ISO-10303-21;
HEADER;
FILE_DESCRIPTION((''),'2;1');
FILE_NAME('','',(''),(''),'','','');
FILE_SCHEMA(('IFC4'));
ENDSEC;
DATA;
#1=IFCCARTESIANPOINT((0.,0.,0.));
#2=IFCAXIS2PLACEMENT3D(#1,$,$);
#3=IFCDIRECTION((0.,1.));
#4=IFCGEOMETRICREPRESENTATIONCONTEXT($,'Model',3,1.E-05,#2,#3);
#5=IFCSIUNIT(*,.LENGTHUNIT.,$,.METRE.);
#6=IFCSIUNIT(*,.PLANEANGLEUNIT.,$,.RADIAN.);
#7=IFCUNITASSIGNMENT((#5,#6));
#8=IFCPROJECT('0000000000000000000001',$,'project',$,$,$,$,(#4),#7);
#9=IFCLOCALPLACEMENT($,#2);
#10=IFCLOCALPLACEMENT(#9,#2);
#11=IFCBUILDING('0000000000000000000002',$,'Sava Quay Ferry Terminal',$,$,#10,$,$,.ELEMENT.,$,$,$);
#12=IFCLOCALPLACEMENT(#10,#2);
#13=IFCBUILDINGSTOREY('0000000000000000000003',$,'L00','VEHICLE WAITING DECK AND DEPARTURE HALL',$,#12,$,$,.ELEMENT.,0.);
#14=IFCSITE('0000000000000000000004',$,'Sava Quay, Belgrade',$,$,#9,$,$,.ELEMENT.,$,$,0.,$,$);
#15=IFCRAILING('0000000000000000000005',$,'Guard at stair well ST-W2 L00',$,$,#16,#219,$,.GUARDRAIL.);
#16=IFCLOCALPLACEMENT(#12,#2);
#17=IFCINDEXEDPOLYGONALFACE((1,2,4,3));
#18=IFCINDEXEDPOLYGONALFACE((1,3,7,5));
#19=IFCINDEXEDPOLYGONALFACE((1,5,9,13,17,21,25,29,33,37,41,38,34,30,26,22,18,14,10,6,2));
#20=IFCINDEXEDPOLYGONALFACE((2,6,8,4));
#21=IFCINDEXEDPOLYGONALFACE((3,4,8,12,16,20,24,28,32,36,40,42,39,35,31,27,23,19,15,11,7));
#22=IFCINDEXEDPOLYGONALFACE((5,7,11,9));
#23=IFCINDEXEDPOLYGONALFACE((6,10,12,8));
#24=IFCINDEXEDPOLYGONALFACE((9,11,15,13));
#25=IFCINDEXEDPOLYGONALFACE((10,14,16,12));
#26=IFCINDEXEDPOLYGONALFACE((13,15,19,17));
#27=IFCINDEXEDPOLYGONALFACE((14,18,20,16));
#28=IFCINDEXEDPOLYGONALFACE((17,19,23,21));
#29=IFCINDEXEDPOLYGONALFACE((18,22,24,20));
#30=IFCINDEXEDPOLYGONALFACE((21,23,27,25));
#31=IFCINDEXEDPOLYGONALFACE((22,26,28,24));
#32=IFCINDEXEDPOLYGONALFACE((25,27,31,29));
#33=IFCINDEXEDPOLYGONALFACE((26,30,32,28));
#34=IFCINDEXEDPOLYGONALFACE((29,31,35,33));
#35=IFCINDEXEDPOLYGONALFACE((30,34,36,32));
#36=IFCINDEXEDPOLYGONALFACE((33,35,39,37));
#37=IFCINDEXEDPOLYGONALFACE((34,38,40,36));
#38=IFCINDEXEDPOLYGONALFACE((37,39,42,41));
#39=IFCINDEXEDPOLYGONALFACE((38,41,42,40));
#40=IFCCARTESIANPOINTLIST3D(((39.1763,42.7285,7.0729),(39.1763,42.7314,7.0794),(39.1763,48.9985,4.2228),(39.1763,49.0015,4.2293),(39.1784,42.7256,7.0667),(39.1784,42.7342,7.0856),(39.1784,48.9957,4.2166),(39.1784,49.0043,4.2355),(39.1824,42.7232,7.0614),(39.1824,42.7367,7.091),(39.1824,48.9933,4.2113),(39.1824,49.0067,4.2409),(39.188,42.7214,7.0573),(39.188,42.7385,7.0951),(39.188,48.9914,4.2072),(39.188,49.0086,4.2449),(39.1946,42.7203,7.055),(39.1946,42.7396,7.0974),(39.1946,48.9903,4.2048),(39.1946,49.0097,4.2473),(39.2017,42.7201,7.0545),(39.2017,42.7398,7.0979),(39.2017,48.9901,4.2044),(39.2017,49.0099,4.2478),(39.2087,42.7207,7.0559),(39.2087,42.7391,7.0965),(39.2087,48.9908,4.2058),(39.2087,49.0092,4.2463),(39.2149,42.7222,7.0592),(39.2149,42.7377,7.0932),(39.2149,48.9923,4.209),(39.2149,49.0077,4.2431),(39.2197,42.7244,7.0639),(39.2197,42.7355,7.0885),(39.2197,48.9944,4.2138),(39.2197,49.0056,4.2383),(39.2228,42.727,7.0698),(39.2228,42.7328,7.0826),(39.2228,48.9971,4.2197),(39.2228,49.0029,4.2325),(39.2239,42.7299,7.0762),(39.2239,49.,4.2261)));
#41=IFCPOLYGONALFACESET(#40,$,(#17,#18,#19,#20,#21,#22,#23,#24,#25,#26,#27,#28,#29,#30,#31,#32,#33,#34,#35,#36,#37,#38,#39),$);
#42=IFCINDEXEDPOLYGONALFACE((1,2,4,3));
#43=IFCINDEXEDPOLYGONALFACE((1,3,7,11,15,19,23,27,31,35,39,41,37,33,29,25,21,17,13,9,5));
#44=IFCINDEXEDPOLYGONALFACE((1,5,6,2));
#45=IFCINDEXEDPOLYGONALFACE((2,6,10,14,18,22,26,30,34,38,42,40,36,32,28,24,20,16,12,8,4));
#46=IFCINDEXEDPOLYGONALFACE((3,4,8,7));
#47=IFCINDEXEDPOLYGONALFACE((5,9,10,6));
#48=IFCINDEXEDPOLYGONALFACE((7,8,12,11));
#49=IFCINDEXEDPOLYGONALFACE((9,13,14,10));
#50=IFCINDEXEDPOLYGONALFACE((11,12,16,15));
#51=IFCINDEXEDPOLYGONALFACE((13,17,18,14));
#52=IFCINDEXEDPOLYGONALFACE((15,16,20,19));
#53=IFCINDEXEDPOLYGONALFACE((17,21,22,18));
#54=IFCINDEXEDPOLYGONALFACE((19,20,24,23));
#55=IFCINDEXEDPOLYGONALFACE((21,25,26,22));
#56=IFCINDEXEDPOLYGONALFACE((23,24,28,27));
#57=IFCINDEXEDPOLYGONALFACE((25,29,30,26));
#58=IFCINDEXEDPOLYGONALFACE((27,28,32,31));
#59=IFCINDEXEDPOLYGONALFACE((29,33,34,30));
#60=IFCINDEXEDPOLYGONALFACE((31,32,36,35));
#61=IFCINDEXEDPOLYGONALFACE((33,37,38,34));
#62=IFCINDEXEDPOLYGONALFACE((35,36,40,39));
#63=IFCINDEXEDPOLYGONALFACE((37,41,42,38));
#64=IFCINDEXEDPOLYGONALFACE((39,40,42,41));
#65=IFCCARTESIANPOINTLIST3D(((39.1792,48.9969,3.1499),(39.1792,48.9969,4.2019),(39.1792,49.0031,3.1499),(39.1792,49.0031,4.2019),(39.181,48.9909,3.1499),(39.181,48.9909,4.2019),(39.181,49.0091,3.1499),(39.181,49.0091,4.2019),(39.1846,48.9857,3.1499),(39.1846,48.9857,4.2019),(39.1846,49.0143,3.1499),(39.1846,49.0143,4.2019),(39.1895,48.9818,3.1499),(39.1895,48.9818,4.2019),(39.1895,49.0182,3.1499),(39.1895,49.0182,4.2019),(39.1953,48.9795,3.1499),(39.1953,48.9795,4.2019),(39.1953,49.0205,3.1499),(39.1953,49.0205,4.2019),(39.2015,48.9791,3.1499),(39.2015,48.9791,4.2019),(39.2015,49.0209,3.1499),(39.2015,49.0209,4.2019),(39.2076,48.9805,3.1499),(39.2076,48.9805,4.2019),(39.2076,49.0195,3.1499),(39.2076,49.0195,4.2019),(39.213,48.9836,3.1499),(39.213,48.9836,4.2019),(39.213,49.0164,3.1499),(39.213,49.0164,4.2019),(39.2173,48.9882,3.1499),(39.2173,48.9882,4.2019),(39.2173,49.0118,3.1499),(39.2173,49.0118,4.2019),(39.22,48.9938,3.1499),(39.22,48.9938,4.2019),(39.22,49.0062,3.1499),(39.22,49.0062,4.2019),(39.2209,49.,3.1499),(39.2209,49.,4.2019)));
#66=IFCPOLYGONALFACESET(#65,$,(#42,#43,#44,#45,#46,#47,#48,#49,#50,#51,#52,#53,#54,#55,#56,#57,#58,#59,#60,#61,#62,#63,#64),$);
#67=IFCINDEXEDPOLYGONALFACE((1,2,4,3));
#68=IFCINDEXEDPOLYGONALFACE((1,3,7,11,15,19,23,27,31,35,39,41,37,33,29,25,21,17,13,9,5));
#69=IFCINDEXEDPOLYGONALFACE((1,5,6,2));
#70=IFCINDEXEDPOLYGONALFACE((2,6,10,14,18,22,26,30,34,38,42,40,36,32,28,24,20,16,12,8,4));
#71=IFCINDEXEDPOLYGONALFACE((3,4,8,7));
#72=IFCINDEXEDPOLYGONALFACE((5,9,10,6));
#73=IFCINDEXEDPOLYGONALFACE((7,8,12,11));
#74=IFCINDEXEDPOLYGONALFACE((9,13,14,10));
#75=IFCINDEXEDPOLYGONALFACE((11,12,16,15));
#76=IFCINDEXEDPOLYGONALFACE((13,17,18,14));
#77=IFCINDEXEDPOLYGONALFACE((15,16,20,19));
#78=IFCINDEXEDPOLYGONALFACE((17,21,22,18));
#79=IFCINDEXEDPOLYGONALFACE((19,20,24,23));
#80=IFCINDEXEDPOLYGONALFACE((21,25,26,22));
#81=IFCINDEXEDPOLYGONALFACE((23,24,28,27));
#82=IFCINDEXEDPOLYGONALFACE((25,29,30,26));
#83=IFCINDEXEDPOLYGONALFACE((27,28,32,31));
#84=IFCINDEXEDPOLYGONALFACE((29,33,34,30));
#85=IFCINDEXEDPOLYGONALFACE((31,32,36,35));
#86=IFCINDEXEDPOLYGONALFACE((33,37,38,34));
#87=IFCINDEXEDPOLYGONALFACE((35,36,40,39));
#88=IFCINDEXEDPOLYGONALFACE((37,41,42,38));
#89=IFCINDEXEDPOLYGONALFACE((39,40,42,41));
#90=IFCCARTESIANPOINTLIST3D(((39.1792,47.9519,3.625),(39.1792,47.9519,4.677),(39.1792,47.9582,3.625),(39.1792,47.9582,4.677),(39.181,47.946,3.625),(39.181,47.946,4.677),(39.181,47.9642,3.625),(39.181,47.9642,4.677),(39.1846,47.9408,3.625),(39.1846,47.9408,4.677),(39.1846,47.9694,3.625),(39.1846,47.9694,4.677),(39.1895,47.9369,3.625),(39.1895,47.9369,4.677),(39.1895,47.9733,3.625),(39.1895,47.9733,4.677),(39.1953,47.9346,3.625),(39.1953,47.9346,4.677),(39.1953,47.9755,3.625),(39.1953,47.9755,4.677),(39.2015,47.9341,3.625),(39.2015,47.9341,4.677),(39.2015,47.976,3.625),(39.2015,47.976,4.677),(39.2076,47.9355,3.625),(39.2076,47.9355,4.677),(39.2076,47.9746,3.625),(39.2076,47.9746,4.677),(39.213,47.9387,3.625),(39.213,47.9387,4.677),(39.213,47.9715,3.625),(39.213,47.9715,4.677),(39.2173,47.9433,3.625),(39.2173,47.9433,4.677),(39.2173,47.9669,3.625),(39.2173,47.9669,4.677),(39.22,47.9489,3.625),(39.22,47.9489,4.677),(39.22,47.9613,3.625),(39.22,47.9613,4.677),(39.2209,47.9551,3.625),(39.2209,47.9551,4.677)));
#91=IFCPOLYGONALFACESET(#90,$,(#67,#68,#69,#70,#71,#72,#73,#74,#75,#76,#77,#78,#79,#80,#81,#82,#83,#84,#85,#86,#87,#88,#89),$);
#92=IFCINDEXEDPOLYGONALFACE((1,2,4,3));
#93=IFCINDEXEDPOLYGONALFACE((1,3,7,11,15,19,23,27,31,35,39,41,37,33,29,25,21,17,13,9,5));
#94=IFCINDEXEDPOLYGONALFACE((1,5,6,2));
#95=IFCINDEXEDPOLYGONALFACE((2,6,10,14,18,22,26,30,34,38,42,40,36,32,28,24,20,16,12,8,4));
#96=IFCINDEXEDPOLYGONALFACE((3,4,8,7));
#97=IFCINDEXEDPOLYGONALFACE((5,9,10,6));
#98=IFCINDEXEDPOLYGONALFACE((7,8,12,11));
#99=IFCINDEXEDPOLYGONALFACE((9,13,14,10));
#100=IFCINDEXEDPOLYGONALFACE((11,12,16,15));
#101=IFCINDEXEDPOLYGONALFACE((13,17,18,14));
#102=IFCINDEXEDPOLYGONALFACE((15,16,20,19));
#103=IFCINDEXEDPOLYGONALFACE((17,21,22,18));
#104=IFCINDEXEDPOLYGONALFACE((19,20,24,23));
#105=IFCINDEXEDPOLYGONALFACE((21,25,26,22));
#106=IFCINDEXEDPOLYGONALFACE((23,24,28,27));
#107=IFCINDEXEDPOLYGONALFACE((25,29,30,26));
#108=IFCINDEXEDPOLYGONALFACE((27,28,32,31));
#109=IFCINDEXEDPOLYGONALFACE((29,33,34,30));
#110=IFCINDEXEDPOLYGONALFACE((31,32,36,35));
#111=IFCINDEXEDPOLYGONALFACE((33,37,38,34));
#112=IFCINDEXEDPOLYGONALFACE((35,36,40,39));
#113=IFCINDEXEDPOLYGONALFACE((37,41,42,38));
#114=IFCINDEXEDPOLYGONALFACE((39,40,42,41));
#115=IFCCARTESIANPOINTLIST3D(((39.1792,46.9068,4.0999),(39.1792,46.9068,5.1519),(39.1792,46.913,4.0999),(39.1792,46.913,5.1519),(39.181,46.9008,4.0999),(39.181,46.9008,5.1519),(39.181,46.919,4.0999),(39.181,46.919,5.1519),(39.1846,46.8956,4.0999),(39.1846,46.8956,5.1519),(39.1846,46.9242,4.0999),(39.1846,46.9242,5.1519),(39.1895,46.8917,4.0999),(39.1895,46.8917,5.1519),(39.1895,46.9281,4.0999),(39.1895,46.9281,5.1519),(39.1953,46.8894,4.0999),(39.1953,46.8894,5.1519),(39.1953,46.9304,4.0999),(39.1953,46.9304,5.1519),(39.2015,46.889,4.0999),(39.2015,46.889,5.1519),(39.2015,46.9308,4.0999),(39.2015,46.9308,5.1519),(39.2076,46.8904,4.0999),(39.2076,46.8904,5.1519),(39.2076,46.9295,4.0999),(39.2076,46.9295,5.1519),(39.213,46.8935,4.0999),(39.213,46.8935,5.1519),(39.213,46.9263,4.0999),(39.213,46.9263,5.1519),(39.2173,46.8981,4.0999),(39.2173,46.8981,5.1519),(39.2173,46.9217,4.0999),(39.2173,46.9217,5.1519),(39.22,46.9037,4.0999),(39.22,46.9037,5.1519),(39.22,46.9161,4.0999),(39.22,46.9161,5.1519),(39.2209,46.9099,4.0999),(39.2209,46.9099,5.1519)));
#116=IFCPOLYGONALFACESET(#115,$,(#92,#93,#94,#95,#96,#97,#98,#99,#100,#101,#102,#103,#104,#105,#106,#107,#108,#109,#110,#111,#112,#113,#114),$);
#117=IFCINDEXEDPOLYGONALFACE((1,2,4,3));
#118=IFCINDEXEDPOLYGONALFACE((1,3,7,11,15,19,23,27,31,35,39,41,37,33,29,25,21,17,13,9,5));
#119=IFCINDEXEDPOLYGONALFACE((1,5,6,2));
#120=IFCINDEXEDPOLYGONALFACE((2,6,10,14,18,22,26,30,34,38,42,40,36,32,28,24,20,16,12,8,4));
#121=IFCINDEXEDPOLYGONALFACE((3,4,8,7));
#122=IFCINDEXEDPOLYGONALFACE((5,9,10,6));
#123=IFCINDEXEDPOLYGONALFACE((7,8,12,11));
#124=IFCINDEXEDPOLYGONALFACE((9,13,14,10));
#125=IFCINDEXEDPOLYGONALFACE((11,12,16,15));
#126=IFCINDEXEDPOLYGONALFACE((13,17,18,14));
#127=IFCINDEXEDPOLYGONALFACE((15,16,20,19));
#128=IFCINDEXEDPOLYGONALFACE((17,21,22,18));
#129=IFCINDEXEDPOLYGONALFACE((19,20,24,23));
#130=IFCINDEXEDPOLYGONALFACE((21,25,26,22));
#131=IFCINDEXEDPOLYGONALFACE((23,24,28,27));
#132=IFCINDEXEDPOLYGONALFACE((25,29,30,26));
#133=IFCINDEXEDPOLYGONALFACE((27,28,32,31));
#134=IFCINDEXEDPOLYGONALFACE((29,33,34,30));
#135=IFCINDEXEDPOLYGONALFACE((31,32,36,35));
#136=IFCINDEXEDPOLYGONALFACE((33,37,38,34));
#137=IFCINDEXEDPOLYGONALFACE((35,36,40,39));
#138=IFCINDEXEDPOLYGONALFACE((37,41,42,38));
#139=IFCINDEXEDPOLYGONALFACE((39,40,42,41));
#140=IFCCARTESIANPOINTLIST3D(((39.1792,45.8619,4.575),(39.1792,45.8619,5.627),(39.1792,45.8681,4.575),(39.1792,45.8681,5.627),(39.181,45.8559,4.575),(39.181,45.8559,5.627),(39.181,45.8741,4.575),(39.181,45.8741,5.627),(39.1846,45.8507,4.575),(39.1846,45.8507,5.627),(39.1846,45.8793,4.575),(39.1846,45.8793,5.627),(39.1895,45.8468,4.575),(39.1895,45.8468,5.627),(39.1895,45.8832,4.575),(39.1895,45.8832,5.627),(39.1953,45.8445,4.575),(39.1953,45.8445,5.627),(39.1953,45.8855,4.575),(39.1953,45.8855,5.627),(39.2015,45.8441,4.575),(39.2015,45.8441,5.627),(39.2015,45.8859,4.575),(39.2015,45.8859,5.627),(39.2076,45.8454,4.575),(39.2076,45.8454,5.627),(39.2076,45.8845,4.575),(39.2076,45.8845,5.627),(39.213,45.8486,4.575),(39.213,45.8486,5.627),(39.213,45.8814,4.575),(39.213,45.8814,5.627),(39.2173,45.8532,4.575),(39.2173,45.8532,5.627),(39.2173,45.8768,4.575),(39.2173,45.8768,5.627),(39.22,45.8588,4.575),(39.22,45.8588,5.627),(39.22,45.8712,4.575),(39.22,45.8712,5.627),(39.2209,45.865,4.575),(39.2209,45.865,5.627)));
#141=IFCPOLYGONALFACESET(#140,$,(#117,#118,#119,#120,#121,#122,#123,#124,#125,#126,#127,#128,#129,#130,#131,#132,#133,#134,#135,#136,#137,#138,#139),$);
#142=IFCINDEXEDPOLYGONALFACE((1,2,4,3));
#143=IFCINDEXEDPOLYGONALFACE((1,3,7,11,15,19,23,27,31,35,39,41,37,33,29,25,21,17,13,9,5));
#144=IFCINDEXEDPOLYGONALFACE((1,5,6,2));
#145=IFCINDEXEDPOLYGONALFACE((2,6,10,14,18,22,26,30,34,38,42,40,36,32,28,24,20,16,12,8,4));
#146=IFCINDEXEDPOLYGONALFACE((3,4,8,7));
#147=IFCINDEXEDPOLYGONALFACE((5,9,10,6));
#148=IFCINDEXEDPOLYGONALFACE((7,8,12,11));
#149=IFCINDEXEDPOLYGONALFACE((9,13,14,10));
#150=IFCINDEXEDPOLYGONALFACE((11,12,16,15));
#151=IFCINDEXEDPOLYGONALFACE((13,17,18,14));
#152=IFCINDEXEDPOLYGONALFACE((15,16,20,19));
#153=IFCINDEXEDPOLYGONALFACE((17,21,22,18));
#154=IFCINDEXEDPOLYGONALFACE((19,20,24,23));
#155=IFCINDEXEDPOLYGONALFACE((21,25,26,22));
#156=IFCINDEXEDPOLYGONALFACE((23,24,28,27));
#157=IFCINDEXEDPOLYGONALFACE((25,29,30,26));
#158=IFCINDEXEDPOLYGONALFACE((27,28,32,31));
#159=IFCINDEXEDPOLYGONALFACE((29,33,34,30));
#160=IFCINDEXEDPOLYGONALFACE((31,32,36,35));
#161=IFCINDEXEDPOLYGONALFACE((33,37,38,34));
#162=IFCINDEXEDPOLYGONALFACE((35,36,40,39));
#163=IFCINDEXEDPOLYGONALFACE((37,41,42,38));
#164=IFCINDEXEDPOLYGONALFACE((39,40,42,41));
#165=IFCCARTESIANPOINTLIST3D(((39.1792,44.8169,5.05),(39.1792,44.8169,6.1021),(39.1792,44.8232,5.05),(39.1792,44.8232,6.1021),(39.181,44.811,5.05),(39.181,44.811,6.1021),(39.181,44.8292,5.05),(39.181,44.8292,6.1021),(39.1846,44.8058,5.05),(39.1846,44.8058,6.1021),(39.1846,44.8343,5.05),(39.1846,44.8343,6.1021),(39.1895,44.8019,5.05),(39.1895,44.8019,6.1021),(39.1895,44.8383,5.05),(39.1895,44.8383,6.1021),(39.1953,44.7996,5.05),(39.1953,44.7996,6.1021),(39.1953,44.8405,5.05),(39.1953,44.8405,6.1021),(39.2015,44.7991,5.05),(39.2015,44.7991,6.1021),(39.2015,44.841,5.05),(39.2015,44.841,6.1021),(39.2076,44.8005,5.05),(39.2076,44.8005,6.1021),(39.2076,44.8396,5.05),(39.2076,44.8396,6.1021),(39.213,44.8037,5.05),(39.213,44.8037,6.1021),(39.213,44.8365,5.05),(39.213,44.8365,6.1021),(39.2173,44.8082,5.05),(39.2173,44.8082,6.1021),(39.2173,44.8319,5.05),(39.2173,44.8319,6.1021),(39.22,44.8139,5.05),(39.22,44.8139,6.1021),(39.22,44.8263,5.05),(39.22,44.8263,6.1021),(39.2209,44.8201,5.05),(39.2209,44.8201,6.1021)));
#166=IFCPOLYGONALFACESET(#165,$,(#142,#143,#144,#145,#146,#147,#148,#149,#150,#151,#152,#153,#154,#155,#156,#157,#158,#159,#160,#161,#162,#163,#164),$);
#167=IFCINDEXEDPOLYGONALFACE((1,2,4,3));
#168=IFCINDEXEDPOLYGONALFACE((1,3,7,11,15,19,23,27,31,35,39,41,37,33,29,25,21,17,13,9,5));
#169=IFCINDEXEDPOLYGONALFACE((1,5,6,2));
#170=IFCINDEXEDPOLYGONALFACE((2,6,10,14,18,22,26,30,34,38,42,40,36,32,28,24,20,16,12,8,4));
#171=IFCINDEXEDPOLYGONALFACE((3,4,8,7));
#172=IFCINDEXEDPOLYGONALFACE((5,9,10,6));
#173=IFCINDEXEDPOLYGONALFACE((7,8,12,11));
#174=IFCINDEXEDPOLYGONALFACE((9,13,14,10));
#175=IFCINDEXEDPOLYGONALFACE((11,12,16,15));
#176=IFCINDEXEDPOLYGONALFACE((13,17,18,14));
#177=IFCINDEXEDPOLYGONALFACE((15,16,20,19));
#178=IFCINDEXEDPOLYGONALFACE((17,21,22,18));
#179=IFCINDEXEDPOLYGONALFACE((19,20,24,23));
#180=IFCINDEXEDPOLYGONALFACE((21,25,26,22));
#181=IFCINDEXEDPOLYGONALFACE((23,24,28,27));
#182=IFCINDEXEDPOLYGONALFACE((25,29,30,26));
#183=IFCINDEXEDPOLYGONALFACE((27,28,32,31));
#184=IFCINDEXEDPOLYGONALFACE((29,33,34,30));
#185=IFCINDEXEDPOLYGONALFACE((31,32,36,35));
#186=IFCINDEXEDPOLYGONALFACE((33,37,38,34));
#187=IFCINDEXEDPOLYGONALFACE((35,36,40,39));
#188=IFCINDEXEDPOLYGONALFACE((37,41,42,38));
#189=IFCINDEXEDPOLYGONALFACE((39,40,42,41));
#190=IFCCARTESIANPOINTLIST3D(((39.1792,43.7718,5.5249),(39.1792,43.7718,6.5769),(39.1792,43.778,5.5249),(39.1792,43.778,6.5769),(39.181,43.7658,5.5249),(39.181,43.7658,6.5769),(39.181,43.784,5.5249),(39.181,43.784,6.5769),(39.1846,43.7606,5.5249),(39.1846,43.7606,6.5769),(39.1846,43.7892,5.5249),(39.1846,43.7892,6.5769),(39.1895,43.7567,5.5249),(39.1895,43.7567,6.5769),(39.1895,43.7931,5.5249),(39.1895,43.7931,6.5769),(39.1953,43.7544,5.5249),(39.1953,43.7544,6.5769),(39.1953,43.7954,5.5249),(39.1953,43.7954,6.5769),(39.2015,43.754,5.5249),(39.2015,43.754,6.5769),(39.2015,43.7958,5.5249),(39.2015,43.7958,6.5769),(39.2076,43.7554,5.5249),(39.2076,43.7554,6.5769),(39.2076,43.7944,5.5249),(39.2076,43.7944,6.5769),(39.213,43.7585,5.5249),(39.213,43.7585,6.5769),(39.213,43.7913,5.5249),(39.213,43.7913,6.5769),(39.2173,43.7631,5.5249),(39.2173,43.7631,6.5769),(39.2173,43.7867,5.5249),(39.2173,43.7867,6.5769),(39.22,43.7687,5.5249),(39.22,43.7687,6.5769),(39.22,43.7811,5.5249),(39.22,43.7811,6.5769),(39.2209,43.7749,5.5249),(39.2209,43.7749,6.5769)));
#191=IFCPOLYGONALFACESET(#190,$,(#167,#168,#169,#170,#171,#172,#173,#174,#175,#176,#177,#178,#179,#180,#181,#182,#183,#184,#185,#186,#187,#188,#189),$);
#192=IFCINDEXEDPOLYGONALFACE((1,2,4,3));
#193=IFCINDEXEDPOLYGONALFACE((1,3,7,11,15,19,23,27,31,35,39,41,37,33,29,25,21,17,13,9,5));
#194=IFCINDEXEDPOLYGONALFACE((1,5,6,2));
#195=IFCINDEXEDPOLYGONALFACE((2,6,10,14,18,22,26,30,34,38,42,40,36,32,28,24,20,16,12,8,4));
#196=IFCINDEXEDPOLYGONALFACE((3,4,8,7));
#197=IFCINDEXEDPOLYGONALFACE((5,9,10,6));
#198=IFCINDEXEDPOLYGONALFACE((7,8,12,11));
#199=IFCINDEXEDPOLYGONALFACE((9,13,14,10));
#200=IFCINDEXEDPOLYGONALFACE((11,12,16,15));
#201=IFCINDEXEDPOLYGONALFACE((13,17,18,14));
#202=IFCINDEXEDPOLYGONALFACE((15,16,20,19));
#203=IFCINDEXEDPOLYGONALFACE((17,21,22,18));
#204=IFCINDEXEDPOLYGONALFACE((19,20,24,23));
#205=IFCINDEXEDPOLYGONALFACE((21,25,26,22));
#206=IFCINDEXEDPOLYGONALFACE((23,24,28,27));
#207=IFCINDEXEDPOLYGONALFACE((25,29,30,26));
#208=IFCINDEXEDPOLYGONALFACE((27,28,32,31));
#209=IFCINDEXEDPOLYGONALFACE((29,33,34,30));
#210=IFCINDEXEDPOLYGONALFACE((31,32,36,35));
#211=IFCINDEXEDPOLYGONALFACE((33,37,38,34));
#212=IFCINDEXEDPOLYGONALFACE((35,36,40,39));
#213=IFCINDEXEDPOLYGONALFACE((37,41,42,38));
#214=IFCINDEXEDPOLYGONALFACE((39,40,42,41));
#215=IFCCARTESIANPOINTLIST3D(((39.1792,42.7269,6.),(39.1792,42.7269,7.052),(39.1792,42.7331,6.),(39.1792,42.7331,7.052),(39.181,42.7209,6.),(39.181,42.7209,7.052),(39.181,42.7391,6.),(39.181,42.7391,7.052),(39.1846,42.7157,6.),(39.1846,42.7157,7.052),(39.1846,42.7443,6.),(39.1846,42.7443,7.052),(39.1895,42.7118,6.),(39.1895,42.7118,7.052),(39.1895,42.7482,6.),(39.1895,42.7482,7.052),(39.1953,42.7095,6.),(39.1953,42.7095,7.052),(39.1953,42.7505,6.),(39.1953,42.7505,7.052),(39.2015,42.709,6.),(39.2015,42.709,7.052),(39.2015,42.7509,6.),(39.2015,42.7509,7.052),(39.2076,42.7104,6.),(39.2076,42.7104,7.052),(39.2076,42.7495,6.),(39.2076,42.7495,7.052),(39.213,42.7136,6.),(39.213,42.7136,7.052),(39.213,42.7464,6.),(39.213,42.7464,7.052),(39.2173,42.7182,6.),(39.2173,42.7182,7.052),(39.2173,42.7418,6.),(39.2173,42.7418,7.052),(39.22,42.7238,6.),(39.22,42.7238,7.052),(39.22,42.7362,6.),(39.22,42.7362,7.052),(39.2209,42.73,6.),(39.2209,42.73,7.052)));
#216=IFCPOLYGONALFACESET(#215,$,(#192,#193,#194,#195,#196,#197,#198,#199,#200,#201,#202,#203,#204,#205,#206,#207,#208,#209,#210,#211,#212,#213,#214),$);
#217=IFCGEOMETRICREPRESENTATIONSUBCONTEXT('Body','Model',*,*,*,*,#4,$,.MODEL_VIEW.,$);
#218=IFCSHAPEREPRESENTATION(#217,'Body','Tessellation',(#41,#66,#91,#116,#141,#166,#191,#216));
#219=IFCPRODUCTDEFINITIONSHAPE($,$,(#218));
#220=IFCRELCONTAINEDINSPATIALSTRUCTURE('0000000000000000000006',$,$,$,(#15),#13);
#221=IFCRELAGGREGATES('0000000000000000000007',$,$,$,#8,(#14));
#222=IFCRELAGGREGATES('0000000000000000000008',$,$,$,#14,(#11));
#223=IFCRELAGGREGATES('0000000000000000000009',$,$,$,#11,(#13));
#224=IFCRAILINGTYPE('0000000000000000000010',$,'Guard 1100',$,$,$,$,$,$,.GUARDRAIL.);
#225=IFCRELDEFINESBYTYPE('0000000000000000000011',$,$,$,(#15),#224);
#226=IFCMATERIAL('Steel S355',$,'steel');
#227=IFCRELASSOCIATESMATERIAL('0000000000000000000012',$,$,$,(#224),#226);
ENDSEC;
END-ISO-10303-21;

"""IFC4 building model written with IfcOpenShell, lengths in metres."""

from ifc_helpers import new_model, si_unit, direction, frame, origin, origin_2d, place, context, subcontext, project, spatial, circle, extrude, material, type_object, element, save


model = new_model("IFC4")

# Units and contexts
model_context = context("Model", 3, precision=1e-05, world=origin(), true_north=direction((0.0, 1.0)))
body_context = subcontext(model_context, "Body", "Model", "MODEL_VIEW")
ifc_project = project(units=[si_unit("LENGTHUNIT", "METRE"), si_unit("PLANEANGLEUNIT", "RADIAN")], contexts=[model_context])

# Site, building, storey
site_placement = place(None, origin())
site = spatial("IfcSite", under=ifc_project, at=site_placement, Name="Sava Quay, Belgrade", CompositionType="ELEMENT", RefElevation=0.0)
building_placement = place(site_placement, origin())
building = spatial("IfcBuilding", under=site, at=building_placement, Name="Sava Quay Ferry Terminal", CompositionType="ELEMENT")
storey_placement = place(building_placement, origin())
storey = spatial("IfcBuildingStorey", under=building, at=storey_placement, Name="L00", Description="VEHICLE WAITING DECK AND DEPARTURE HALL", CompositionType="ELEMENT", Elevation=0.0)

# Railing
ifc_material_1 = material(Name="Steel S355", Category="steel")
railing_type_1 = type_object("IfcRailingType", Name="Guard 1100", PredefinedType="GUARDRAIL", material=ifc_material_1)
railing_1_placement = place(storey_placement, frame((39.2, 49.0, 3.1499)))
element("IfcRailing", 1, at=railing_1_placement, inside=storey, type_object=railing_type_1, Name="Guard at stair well ST-W2 L00", PredefinedType="GUARDRAIL", context=body_context, shape_type="SweptSolid", body=[
    extrude(circle(Radius=0.0239, at=origin_2d()), frame((0.0, 0.0, 1.0762), z_axis=(0.0, -0.910362, 0.413814), x_axis=(1.0, 0.0, 0.0)), (0.0, 0.0, 1.0), 6.8875),
    extrude(circle(Radius=0.021, at=origin_2d()), origin(), (0.0, 0.0, 1.0), 1.052),
    extrude(circle(Radius=0.021, at=origin_2d()), frame((0.0, -1.0449, 0.4751)), (0.0, 0.0, 1.0), 1.052),
    extrude(circle(Radius=0.021, at=origin_2d()), frame((0.0, -2.0901, 0.95)), (0.0, 0.0, 1.0), 1.052),
    extrude(circle(Radius=0.021, at=origin_2d()), frame((0.0, -3.135, 1.425)), (0.0, 0.0, 1.0), 1.052),
    extrude(circle(Radius=0.021, at=origin_2d()), frame((0.0, -4.1799, 1.9001)), (0.0, 0.0, 1.0), 1.052),
    extrude(circle(Radius=0.021, at=origin_2d()), frame((0.0, -5.2251, 2.375)), (0.0, 0.0, 1.0), 1.052),
    extrude(circle(Radius=0.021, at=origin_2d()), frame((0.0, -6.27, 2.8501)), (0.0, 0.0, 1.0), 1.052),
])

save(model, "model.ifc")
